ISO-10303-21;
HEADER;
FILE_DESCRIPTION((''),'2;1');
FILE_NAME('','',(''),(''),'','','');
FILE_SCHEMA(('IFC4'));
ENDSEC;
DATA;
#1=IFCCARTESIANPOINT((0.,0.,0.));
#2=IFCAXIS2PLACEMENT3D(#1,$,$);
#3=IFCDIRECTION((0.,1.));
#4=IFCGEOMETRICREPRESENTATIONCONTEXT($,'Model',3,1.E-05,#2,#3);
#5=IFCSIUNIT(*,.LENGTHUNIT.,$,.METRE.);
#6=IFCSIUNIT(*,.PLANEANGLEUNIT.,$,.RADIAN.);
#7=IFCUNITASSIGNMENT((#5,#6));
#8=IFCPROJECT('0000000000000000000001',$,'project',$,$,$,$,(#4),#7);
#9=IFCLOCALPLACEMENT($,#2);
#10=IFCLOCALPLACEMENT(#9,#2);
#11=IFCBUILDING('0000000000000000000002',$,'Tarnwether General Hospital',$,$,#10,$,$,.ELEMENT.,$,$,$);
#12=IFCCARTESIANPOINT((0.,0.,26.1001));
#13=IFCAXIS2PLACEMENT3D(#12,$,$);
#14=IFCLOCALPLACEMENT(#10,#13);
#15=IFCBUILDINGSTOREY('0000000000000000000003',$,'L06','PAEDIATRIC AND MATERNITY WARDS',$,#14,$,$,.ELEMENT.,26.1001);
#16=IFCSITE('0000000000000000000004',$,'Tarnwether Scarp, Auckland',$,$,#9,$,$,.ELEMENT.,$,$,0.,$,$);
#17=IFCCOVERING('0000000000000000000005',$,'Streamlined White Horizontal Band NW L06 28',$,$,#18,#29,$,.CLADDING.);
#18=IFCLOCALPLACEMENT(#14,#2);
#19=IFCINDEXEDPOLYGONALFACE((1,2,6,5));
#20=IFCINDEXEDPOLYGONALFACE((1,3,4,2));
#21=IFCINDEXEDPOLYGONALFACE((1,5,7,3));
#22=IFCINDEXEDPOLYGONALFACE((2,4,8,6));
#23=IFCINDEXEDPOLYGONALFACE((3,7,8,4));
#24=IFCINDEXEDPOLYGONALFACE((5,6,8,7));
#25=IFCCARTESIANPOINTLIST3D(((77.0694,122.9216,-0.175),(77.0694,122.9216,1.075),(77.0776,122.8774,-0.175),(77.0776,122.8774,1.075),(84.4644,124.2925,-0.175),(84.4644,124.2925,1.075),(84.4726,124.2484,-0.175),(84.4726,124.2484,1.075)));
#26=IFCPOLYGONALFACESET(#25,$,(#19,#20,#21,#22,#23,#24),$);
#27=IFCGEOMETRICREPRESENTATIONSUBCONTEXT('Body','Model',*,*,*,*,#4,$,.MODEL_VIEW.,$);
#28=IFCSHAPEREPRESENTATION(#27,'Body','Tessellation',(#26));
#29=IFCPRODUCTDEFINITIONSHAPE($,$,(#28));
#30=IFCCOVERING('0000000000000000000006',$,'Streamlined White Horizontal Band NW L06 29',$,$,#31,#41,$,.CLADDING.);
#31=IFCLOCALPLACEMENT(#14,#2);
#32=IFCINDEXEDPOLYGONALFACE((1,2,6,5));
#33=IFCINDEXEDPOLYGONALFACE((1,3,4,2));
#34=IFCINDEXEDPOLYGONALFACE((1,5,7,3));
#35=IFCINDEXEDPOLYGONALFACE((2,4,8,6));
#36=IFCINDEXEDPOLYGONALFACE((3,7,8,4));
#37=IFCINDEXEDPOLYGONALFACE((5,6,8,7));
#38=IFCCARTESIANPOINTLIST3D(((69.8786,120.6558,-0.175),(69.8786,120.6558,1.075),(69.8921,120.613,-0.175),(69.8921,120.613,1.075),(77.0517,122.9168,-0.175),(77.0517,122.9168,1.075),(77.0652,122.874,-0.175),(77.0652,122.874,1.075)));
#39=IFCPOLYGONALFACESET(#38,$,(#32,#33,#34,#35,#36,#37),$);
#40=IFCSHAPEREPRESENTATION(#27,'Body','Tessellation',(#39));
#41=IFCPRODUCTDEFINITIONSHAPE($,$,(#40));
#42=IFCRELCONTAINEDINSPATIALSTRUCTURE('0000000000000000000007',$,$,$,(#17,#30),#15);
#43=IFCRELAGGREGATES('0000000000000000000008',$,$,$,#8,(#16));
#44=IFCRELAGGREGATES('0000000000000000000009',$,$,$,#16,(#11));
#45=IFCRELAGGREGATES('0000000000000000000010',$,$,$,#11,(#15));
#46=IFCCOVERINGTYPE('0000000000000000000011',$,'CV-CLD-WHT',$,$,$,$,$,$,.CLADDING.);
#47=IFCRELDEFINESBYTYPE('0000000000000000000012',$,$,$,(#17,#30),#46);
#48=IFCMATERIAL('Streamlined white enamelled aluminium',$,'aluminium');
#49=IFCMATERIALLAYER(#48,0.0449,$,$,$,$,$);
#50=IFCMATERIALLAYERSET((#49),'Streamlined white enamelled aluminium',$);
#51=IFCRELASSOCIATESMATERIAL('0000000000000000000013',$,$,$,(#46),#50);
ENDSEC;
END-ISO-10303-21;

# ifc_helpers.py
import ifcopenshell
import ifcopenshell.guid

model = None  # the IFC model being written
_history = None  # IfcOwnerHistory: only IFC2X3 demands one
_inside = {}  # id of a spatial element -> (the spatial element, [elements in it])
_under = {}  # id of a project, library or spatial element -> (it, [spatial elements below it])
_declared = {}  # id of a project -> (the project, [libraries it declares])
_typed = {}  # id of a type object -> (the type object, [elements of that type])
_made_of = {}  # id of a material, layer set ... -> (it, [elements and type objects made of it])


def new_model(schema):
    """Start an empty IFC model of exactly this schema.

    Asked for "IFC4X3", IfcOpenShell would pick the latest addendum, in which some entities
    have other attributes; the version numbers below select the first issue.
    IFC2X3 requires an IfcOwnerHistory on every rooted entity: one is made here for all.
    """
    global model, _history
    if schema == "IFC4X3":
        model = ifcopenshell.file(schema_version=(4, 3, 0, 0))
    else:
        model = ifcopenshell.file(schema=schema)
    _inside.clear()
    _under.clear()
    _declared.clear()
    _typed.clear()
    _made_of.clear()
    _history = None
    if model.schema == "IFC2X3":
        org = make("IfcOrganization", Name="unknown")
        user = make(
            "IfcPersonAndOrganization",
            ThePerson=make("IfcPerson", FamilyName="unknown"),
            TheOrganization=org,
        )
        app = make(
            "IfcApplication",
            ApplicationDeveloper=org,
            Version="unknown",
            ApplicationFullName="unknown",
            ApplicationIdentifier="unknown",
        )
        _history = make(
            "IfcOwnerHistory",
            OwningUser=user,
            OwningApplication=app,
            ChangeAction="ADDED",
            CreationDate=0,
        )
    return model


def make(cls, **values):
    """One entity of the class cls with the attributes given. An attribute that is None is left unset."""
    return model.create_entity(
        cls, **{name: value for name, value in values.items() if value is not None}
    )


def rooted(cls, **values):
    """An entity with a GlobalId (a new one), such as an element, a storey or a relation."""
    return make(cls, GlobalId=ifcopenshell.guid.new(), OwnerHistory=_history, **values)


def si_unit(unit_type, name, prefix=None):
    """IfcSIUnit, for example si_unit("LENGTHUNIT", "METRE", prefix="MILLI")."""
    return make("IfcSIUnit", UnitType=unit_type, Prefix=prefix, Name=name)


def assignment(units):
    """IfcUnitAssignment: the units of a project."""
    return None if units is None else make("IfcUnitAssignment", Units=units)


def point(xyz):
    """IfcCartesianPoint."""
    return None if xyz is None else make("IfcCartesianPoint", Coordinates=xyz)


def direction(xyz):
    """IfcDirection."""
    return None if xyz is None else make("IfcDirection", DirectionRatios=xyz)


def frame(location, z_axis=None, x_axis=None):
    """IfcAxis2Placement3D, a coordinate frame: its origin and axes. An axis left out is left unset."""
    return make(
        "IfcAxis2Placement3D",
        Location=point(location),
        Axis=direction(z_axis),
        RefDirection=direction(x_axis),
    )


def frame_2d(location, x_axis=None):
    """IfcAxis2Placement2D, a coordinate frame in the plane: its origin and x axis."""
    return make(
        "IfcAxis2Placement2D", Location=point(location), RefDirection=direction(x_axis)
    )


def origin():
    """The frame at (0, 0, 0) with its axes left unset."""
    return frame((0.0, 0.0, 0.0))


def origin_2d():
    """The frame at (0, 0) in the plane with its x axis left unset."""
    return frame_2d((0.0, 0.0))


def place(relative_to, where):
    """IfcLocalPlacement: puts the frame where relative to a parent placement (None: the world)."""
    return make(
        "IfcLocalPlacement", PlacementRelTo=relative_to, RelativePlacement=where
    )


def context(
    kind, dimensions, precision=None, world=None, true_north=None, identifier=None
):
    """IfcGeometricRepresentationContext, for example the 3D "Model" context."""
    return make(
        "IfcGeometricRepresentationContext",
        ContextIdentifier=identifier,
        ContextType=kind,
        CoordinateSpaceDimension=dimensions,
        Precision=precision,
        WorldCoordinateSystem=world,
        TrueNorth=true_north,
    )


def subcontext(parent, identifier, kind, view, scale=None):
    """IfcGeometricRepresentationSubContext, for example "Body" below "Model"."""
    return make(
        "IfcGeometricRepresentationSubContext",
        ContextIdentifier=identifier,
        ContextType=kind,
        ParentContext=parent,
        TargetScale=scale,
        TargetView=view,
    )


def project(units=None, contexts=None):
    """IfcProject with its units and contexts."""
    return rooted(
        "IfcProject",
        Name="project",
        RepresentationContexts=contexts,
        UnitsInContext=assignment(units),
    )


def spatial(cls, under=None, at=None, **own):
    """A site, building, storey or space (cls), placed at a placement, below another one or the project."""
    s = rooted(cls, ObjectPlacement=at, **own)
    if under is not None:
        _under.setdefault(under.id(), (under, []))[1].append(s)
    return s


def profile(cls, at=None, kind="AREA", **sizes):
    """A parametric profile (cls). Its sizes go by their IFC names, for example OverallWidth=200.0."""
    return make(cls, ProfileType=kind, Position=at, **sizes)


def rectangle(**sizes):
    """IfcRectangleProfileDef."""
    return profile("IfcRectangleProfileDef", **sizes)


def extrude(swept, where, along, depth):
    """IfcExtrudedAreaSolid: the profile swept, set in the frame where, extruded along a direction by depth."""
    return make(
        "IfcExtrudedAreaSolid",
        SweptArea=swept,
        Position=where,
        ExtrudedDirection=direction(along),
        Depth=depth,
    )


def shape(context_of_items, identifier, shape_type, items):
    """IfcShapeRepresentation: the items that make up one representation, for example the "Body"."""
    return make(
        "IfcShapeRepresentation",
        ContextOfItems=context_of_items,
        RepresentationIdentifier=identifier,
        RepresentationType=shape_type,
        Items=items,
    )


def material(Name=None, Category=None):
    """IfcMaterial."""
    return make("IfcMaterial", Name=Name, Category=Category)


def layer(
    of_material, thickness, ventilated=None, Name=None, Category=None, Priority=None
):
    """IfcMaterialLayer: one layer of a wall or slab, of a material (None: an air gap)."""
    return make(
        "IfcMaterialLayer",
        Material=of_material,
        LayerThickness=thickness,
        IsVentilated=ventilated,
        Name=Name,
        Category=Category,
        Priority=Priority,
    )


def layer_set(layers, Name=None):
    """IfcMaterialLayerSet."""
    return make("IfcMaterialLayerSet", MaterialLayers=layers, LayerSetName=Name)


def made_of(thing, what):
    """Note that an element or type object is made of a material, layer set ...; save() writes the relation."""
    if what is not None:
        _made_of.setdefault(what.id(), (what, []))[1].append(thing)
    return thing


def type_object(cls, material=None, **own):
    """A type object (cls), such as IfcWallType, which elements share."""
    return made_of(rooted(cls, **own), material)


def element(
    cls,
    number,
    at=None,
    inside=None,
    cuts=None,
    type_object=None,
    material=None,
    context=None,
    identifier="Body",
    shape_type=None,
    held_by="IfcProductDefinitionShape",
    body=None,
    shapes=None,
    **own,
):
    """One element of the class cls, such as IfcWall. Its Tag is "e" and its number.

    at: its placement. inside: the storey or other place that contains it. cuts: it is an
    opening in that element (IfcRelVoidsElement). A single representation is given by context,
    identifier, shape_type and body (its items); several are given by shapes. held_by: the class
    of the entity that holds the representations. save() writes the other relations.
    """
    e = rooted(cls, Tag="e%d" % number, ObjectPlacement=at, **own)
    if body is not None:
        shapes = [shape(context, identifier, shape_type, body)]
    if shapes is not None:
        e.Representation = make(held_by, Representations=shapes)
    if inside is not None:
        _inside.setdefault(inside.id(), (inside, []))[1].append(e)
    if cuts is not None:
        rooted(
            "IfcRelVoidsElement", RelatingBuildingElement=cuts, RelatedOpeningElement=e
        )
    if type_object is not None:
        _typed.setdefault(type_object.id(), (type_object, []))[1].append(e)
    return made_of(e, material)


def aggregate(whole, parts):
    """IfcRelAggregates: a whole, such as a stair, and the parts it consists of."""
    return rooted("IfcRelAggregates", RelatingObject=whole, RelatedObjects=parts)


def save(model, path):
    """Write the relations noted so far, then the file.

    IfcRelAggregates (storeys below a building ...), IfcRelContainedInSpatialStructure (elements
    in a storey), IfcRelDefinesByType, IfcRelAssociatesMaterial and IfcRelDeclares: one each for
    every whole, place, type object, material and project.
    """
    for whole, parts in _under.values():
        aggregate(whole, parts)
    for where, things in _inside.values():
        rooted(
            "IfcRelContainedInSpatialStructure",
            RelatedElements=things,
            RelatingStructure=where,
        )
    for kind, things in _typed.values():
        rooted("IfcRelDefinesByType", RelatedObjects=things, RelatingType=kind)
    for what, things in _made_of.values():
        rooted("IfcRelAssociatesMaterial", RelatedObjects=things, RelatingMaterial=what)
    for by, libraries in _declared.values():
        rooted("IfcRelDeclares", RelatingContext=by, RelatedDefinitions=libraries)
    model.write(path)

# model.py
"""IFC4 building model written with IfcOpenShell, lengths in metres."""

from ifc_helpers import new_model, si_unit, direction, frame, origin, origin_2d, place, context, subcontext, project, spatial, rectangle, extrude, material, layer, layer_set, type_object, element, save


model = new_model("IFC4")

# Units and contexts
model_context = context("Model", 3, precision=1e-05, world=origin(), true_north=direction((0.0, 1.0)))
body_context = subcontext(model_context, "Body", "Model", "MODEL_VIEW")
ifc_project = project(units=[si_unit("LENGTHUNIT", "METRE"), si_unit("PLANEANGLEUNIT", "RADIAN")], contexts=[model_context])

# Site, building, storey
site_placement = place(None, origin())
site = spatial("IfcSite", under=ifc_project, at=site_placement, Name="Tarnwether Scarp, Auckland", CompositionType="ELEMENT", RefElevation=0.0)
building_placement = place(site_placement, origin())
building = spatial("IfcBuilding", under=site, at=building_placement, Name="Tarnwether General Hospital", CompositionType="ELEMENT")
storey_placement = place(building_placement, frame((0.0, 0.0, 26.1001)))
storey = spatial("IfcBuildingStorey", under=building, at=storey_placement, Name="L06", Description="PAEDIATRIC AND MATERNITY WARDS", CompositionType="ELEMENT", Elevation=26.1001)

# Coverings
ifc_material_1 = material(Name="Streamlined white enamelled aluminium", Category="aluminium")
ifc_layer_1 = layer(ifc_material_1, 0.0449)
ifc_layer_set_1 = layer_set([ifc_layer_1], Name="Streamlined white enamelled aluminium")
covering_type = type_object("IfcCoveringType", Name="CV-CLD-WHT", PredefinedType="CLADDING", material=ifc_layer_set_1)
for number, where, z_axis, x_axis, name in (
    (1, (80.771, 123.585, -0.175), (0.0, 0.0, 1.0), (0.983245, 0.182287, 0.0), "Streamlined White Horizontal Band NW L06 28"),
    (2, (73.4719, 121.7649, -0.175), (0.0, 0.0, 1.0), (0.953743, 0.300623, 0.0), "Streamlined White Horizontal Band NW L06 29"),
):
    element("IfcCovering", number, at=place(storey_placement, frame(where, z_axis=z_axis, x_axis=x_axis)), inside=storey, type_object=covering_type, Name=name, PredefinedType="CLADDING", context=body_context, shape_type="SweptSolid", body=[
        extrude(rectangle(XDim=7.521, YDim=0.0449, at=origin_2d()), origin(), (0.0, 0.0, 1.0), 1.25),
    ])

save(model, "model.ifc")
